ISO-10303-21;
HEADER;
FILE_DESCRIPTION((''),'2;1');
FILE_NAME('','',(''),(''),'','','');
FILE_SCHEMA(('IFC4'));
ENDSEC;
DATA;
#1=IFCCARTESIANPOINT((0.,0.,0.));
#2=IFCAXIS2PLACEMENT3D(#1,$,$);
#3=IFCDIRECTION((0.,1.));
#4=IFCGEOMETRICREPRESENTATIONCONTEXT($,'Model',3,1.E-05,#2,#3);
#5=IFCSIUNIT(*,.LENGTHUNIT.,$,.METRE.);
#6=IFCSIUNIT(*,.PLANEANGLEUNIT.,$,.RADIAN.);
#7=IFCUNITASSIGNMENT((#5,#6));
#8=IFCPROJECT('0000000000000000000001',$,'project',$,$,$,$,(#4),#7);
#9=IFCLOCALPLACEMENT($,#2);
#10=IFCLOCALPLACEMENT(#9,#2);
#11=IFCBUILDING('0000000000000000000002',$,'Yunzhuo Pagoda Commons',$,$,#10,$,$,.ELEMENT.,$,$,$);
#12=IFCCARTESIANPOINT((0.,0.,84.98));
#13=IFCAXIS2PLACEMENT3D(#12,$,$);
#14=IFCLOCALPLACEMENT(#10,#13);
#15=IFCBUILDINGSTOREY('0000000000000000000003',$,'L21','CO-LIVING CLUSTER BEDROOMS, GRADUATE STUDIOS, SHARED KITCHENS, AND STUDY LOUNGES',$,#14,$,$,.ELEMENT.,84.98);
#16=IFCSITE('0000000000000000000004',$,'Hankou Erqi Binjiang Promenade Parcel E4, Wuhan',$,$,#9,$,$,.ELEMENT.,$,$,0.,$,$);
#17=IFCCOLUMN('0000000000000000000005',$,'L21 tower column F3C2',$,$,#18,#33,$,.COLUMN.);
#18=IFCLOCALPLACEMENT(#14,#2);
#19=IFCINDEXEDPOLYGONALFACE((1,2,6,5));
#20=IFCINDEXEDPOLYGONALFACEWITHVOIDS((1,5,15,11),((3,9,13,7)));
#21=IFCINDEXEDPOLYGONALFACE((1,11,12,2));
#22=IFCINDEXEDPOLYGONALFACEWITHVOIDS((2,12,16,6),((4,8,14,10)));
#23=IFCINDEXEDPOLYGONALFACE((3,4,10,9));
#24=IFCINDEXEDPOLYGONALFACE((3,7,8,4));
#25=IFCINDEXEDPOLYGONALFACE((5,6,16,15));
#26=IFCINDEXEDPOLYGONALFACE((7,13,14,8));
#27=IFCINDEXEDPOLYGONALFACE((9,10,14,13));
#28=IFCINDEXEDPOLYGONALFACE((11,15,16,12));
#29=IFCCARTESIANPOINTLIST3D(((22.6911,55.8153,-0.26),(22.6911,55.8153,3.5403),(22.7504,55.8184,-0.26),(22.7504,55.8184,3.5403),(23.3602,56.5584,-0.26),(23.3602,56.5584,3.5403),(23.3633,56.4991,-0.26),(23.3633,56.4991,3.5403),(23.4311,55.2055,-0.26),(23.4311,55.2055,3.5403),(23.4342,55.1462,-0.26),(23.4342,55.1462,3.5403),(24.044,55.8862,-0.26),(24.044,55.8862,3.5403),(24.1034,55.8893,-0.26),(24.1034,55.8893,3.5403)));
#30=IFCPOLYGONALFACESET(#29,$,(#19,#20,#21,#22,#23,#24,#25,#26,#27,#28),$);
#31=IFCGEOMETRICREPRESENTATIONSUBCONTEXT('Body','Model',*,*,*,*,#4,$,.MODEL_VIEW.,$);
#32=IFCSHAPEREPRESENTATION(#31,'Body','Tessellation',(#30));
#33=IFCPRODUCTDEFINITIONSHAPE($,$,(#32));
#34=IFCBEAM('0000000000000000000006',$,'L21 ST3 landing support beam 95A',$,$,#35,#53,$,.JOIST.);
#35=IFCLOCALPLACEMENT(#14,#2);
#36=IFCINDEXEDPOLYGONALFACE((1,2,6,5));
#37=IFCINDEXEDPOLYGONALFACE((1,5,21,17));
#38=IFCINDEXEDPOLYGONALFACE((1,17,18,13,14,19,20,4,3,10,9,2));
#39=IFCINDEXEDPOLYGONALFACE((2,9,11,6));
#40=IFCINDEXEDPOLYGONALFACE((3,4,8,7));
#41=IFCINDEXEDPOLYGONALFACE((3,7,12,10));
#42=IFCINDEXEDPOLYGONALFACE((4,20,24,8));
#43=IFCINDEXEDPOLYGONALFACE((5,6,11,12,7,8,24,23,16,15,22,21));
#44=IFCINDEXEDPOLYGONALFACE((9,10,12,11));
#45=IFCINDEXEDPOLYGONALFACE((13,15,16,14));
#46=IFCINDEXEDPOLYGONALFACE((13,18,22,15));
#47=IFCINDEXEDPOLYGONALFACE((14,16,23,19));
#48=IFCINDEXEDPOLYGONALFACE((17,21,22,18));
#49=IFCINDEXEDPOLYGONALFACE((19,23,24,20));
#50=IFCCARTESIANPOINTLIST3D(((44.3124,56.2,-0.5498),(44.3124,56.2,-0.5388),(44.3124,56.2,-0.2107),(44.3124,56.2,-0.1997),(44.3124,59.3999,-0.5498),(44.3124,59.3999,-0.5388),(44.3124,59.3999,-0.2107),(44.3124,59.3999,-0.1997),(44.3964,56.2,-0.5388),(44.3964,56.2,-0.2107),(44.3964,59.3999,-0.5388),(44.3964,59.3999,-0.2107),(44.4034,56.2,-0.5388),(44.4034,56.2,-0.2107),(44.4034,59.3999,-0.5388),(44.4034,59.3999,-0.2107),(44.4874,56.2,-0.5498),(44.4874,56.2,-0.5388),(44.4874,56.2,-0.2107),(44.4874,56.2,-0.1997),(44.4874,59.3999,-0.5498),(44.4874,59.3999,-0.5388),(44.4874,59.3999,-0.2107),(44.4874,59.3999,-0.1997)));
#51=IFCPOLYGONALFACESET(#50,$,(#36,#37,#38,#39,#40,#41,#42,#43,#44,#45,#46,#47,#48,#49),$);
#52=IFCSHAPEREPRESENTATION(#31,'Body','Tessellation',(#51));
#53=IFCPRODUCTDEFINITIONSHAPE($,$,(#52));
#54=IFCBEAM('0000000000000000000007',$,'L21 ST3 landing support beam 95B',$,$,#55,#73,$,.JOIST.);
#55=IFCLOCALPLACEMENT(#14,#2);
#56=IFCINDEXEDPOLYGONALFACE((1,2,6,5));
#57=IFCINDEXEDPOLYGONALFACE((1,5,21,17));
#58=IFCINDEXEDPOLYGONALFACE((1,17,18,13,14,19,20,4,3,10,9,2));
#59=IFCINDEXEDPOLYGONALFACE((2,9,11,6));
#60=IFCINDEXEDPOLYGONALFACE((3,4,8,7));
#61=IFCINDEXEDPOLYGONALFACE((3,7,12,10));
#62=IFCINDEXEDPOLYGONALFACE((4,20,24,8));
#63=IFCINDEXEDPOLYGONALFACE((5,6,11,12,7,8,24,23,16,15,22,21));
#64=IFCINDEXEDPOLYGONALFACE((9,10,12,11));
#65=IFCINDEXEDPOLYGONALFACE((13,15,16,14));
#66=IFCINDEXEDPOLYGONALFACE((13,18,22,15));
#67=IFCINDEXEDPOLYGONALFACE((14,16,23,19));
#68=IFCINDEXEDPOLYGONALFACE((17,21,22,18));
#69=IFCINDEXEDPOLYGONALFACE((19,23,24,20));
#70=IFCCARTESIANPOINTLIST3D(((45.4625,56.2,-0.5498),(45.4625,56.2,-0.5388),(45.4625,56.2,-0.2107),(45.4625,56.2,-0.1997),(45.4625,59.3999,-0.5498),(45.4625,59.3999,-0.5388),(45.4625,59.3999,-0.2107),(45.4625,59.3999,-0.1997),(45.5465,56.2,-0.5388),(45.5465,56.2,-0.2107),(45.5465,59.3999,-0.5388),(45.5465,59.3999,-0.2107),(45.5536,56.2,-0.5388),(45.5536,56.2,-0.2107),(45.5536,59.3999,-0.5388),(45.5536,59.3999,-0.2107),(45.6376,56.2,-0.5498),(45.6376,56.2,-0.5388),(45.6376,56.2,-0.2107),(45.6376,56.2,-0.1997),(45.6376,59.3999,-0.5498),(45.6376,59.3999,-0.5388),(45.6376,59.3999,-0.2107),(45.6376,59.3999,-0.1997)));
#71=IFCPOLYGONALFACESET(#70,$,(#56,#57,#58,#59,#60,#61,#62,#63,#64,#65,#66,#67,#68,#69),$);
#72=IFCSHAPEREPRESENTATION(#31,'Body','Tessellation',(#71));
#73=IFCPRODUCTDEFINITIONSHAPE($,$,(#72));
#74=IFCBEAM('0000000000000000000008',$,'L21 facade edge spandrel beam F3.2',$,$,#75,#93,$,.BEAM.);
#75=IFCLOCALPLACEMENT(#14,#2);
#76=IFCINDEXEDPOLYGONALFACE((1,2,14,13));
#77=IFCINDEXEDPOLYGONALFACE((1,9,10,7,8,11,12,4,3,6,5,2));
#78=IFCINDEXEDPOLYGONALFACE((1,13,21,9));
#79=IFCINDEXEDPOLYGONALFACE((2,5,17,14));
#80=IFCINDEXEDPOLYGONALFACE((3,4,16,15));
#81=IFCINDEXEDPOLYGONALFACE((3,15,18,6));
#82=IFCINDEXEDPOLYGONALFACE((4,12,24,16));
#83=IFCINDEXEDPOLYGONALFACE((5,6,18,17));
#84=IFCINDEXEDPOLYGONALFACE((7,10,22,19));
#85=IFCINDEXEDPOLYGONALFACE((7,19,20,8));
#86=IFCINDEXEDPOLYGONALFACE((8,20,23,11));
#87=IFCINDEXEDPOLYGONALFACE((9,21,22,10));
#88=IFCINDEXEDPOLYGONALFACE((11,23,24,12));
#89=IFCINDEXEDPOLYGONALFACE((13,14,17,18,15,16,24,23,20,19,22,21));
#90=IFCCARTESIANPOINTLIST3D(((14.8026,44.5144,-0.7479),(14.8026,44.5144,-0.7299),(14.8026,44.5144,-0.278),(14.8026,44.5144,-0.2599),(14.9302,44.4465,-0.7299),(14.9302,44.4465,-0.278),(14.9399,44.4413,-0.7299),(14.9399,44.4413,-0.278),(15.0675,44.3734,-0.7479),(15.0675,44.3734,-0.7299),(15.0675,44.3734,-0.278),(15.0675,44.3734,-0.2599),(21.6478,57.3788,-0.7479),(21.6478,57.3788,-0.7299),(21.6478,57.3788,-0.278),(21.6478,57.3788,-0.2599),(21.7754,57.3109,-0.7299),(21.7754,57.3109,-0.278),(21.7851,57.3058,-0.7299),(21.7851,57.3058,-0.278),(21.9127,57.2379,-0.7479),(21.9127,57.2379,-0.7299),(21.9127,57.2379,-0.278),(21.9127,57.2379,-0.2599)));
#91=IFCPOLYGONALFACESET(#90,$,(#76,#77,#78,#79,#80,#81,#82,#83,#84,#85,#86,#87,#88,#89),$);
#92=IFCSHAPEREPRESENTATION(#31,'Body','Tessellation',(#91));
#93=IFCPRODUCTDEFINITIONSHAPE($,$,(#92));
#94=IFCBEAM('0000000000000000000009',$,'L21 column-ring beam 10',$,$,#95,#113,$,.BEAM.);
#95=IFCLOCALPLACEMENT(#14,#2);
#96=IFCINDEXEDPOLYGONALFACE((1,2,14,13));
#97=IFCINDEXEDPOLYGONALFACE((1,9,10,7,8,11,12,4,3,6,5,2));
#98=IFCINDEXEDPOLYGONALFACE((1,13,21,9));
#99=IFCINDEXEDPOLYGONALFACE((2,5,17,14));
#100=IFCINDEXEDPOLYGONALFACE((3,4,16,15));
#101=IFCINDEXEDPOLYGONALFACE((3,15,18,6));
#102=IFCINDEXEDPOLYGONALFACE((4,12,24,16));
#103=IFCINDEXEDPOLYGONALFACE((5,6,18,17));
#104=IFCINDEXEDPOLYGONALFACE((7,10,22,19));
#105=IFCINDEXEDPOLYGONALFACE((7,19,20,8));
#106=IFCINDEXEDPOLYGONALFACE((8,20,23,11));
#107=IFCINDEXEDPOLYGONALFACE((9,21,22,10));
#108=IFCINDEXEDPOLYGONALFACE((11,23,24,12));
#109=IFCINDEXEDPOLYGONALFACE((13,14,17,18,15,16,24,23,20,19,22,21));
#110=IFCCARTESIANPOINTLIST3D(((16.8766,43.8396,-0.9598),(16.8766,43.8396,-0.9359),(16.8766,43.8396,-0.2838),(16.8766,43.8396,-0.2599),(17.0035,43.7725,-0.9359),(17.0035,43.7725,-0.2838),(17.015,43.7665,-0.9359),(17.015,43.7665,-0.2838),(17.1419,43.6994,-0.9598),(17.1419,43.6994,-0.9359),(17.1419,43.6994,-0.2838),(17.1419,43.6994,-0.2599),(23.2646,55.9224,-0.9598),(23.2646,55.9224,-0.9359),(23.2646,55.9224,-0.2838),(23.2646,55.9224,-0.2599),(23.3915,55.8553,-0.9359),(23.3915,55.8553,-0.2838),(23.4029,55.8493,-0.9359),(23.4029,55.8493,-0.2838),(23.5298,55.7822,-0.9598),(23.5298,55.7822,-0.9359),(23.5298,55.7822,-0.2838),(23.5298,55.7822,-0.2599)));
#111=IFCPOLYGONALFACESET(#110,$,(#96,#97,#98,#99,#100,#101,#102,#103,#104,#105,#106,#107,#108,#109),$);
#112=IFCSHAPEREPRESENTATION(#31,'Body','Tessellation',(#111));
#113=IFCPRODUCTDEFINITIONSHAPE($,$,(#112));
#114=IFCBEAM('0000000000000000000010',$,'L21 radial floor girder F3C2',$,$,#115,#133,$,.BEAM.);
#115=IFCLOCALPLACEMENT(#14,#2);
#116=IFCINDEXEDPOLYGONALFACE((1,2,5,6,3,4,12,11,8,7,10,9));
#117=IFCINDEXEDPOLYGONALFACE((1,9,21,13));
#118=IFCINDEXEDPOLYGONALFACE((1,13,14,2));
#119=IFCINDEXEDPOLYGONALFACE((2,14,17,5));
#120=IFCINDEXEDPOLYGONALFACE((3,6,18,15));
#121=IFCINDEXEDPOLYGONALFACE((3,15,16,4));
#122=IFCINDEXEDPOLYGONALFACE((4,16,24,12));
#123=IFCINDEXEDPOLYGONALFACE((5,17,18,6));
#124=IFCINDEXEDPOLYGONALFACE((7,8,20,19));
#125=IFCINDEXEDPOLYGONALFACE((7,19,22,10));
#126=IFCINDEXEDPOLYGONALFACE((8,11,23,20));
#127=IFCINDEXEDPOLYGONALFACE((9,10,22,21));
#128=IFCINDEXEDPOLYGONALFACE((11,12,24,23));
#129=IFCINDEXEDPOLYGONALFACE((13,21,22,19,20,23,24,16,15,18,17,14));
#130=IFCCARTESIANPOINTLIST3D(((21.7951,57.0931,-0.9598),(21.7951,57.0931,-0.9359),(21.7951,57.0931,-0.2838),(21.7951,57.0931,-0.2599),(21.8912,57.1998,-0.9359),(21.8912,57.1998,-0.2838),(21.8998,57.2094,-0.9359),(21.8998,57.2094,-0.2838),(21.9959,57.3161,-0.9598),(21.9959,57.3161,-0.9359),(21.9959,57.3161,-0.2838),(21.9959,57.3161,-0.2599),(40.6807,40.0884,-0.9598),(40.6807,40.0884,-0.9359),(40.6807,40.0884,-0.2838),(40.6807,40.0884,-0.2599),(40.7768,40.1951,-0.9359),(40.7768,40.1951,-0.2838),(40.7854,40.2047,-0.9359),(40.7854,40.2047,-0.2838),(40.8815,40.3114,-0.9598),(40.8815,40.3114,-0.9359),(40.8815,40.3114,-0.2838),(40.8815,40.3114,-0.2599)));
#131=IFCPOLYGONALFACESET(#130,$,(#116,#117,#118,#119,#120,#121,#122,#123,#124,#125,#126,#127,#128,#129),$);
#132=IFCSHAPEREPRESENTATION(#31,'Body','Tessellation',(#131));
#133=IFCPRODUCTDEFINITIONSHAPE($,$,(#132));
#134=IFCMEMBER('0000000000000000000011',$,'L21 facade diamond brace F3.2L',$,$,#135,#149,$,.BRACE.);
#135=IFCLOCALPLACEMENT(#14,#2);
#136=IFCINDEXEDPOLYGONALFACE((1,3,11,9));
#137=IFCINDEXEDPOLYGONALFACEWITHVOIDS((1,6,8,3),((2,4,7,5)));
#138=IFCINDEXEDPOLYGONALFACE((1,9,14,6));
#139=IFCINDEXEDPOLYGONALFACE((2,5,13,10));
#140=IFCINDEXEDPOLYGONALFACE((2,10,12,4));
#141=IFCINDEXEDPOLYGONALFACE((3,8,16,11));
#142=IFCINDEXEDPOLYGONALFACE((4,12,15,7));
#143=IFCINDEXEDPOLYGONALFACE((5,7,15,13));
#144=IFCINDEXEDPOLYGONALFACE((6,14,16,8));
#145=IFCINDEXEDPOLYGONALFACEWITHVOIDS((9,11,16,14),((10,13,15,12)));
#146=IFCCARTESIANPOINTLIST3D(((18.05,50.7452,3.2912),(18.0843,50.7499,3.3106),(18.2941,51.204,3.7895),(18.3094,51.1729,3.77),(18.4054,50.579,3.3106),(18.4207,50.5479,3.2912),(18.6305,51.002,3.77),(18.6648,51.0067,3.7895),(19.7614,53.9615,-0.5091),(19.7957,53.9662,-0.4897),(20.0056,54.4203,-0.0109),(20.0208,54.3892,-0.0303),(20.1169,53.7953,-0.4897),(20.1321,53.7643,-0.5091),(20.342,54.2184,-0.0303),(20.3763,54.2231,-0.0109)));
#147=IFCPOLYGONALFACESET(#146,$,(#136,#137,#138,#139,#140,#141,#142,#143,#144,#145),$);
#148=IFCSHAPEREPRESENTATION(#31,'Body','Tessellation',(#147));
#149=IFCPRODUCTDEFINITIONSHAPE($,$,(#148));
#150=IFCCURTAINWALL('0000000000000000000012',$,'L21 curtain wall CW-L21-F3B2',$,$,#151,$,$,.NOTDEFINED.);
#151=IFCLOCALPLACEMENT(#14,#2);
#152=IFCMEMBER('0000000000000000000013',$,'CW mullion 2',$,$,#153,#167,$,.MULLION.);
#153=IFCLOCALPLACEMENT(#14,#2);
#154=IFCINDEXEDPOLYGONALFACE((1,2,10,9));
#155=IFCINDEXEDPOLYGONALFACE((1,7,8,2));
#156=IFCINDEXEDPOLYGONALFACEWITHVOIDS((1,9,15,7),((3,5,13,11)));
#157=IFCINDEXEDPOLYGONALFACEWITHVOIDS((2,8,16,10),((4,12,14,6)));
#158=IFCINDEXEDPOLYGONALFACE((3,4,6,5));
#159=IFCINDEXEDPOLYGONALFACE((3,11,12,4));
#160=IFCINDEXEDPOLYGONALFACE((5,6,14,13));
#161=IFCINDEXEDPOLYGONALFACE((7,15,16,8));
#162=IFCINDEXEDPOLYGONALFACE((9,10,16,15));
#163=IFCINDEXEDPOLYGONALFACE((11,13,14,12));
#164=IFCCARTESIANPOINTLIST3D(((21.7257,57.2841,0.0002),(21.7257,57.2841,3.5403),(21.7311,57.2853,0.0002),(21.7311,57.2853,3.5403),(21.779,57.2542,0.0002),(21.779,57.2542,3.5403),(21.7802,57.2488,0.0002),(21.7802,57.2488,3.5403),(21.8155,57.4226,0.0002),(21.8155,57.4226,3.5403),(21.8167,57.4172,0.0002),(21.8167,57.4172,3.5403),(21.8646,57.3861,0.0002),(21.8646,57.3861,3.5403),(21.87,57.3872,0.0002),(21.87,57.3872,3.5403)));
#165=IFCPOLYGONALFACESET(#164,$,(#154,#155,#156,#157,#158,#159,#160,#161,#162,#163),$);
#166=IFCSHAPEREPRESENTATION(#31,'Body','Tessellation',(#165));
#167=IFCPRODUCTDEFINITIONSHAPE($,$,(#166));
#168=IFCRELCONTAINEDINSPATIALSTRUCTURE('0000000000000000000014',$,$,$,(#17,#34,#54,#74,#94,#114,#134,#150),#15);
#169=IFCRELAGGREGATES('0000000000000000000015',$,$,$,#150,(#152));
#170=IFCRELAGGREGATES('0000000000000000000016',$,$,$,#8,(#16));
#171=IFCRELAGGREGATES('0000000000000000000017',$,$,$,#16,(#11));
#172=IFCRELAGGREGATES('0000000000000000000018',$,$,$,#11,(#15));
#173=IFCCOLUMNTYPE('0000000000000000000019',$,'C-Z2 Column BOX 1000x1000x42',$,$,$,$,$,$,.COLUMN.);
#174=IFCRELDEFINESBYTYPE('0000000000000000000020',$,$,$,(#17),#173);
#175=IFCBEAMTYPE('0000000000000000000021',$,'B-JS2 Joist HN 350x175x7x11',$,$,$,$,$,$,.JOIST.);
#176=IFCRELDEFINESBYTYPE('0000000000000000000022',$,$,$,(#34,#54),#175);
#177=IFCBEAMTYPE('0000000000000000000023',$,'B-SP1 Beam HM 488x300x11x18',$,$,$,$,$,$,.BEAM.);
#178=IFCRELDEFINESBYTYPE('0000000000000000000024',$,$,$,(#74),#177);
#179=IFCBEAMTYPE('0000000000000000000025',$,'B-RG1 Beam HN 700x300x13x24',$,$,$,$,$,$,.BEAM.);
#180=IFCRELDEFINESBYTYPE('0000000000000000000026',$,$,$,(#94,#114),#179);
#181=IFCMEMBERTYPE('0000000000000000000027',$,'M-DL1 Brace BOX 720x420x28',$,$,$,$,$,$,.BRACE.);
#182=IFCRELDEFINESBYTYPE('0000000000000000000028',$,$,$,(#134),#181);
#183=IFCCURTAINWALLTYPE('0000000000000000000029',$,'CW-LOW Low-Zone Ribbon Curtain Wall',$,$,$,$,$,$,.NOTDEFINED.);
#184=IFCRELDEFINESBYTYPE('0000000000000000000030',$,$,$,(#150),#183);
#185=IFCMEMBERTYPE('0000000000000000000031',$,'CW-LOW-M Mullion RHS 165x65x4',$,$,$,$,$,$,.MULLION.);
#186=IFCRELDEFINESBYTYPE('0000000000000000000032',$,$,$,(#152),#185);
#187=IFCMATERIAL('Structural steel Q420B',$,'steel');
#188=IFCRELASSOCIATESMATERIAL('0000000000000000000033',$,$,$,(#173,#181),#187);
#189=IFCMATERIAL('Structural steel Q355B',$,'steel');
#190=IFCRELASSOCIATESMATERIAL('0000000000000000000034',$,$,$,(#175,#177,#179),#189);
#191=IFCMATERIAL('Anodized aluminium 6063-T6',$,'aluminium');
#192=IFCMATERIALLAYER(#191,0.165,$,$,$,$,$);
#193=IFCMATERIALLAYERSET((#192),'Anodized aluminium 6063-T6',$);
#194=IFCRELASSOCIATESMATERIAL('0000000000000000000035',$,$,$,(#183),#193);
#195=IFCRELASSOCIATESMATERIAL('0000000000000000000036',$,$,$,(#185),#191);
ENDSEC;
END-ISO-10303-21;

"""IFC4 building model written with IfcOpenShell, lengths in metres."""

from ifc_helpers import new_model, si_unit, direction, frame, origin, origin_2d, place, context, subcontext, project, spatial, hollow_rectangle, i_section, extrude, source, transform, mapped, material, layer, layer_set, material_profile, profile_set, type_object, element, aggregate, save


model = new_model("IFC4")

# Units and contexts
model_context = context("Model", 3, precision=1e-05, world=origin(), true_north=direction((0.0, 1.0)))
body_context = subcontext(model_context, "Body", "Model", "MODEL_VIEW")
ifc_project = project(units=[si_unit("LENGTHUNIT", "METRE"), si_unit("PLANEANGLEUNIT", "RADIAN")], contexts=[model_context])

# Site, building, storey
site_placement = place(None, origin())
site = spatial("IfcSite", under=ifc_project, at=site_placement, Name="Hankou Erqi Binjiang Promenade Parcel E4, Wuhan", CompositionType="ELEMENT", RefElevation=0.0)
building_placement = place(site_placement, origin())
building = spatial("IfcBuilding", under=site, at=building_placement, Name="Yunzhuo Pagoda Commons", CompositionType="ELEMENT")
storey_placement = place(building_placement, frame((0.0, 0.0, 84.98)))
storey = spatial("IfcBuildingStorey", under=building, at=storey_placement, Name="L21", Description="CO-LIVING CLUSTER BEDROOMS, GRADUATE STUDIOS, SHARED KITCHENS, AND STUDY LOUNGES", CompositionType="ELEMENT", Elevation=84.98)

# Column
ifc_material_1 = material(Name="Structural steel Q420B", Category="steel")
ifc_material_profile_1 = material_profile(ifc_material_1, hollow_rectangle(XDim=1.0, YDim=1.0, WallThickness=0.042, at=origin_2d()), Name="Structural steel Q420B")
ifc_profile_set_1 = profile_set([ifc_material_profile_1], Name="Structural steel Q420B")
column_type = type_object("IfcColumnType", Name="C-Z2 Column BOX 1000x1000x42", PredefinedType="COLUMN", material=ifc_profile_set_1)
shared_shape_1 = source(origin(), body_context, "Body", "SweptSolid", [
    extrude(hollow_rectangle(XDim=1.0, YDim=1.0, WallThickness=0.042, at=origin_2d()), origin(), (0.0, 0.0, 1.0), 3.8003),
])
column_placement = place(storey_placement, frame((23.3972, 55.8523, -0.26), z_axis=(0.0, 0.0, 1.0), x_axis=(-0.669131, -0.743145, 0.0)))
element("IfcColumn", 1, at=column_placement, inside=storey, type_object=column_type, Name="L21 tower column F3C2", PredefinedType="COLUMN", context=body_context, shape_type="MappedRepresentation", body=[
    mapped(shared_shape_1, transform((0.0, 0.0, 0.0), scale=1.0)),
])

# Beams
ifc_material_2 = material(Name="Structural steel Q355B", Category="steel")
ifc_material_profile_2 = material_profile(ifc_material_2, i_section(OverallWidth=0.175, OverallDepth=0.3501, WebThickness=0.0071, FlangeThickness=0.011, at=origin_2d()), Name="Structural steel Q355B")
ifc_profile_set_2 = profile_set([ifc_material_profile_2], Name="Structural steel Q355B")
beam_type_1 = type_object("IfcBeamType", Name="B-JS2 Joist HN 350x175x7x11", PredefinedType="JOIST", material=ifc_profile_set_2)
shared_shape_2 = source(origin(), body_context, "Body", "SweptSolid", [
    extrude(i_section(OverallWidth=0.175, OverallDepth=0.3501, WebThickness=0.0071, FlangeThickness=0.011, at=origin_2d()), origin(), (0.0, 0.0, 1.0), 3.2),
])
for number, where, z_axis, x_axis, name in (
    (2, (44.3999, 56.2, -0.3748), (0.0, 1.0, 0.0), (-1.0, 0.0, 0.0), "L21 ST3 landing support beam 95A"),
    (3, (45.55, 56.2, -0.3748), (0.0, 1.0, 0.0), (-1.0, 0.0, 0.0), "L21 ST3 landing support beam 95B"),
):
    element("IfcBeam", number, at=place(storey_placement, frame(where, z_axis=z_axis, x_axis=x_axis)), inside=storey, type_object=beam_type_1, Name=name, PredefinedType="JOIST", context=body_context, shape_type="MappedRepresentation", body=[
        mapped(shared_shape_2, transform((0.0, 0.0, 0.0), scale=1.0)),
    ])
ifc_material_profile_3 = material_profile(ifc_material_2, i_section(OverallWidth=0.3, OverallDepth=0.488, WebThickness=0.011, FlangeThickness=0.0181, at=origin_2d()), Name="Structural steel Q355B")
ifc_profile_set_3 = profile_set([ifc_material_profile_3], Name="Structural steel Q355B")
beam_type_2 = type_object("IfcBeamType", Name="B-SP1 Beam HM 488x300x11x18", PredefinedType="BEAM", material=ifc_profile_set_3)
shared_shape_3 = source(origin(), body_context, "Body", "SweptSolid", [
    extrude(i_section(OverallWidth=0.3, OverallDepth=0.488, WebThickness=0.011, FlangeThickness=0.0181, at=origin_2d()), origin(), (0.0, 0.0, 1.0), 14.5723),
])
beam_1_placement = place(storey_placement, frame((21.7803, 57.3083, -0.5039), z_axis=(-0.469741, -0.882804, 0.0), x_axis=(0.882804, -0.469741, 0.0)))
element("IfcBeam", 4, at=beam_1_placement, inside=storey, type_object=beam_type_2, Name="L21 facade edge spandrel beam F3.2", PredefinedType="BEAM", context=body_context, shape_type="MappedRepresentation", body=[
    mapped(shared_shape_3, transform((0.0, 0.0, 0.0), scale=1.0)),
])
ifc_material_profile_4 = material_profile(ifc_material_2, i_section(OverallWidth=0.3, OverallDepth=0.7, WebThickness=0.0129, FlangeThickness=0.0239, at=origin_2d()), Name="Structural steel Q355B")
ifc_profile_set_4 = profile_set([ifc_material_profile_4], Name="Structural steel Q355B")
beam_type_3 = type_object("IfcBeamType", Name="B-RG1 Beam HN 700x300x13x24", PredefinedType="BEAM", material=ifc_profile_set_4)
shared_shape_4 = source(origin(), body_context, "Body", "SweptSolid", [
    extrude(i_section(OverallWidth=0.3, OverallDepth=0.7, WebThickness=0.0129, FlangeThickness=0.0239, at=origin_2d()), origin(), (0.0, 0.0, 1.0), 13.6675),
])
beam_2_placement = place(storey_placement, frame((23.3972, 55.8523, -0.6099), z_axis=(-0.467384, -0.884055, 0.0), x_axis=(0.884055, -0.467384, 0.0)))
element("IfcBeam", 5, at=beam_2_placement, inside=storey, type_object=beam_type_3, Name="L21 column-ring beam 10", PredefinedType="BEAM", context=body_context, shape_type="MappedRepresentation", body=[
    mapped(shared_shape_4, transform((0.0, 0.0, 0.0), scale=1.0)),
])
shared_shape_5 = source(origin(), body_context, "Body", "SweptSolid", [
    extrude(i_section(OverallWidth=0.3, OverallDepth=0.7, WebThickness=0.0129, FlangeThickness=0.0239, at=origin_2d()), origin(), (0.0, 0.0, 1.0), 25.4131),
])
beam_3_placement = place(storey_placement, frame((21.8955, 57.2046, -0.6099), z_axis=(0.743144, -0.669132, 0.0), x_axis=(0.669132, 0.743144, 0.0)))
element("IfcBeam", 6, at=beam_3_placement, inside=storey, type_object=beam_type_3, Name="L21 radial floor girder F3C2", PredefinedType="BEAM", context=body_context, shape_type="MappedRepresentation", body=[
    mapped(shared_shape_5, transform((0.0, 0.0, 0.0), scale=1.0)),
])

# Member
ifc_material_profile_5 = material_profile(ifc_material_1, hollow_rectangle(XDim=0.4199, YDim=0.72, WallThickness=0.0281, at=origin_2d()), Name="Structural steel Q420B")
ifc_profile_set_5 = profile_set([ifc_material_profile_5], Name="Structural steel Q420B")
member_type_1 = type_object("IfcMemberType", Name="M-DL1 Brace BOX 720x420x28", PredefinedType="BRACE", material=ifc_profile_set_5)
shared_shape_6 = source(origin(), body_context, "Body", "SweptSolid", [
    extrude(hollow_rectangle(XDim=0.4199, YDim=0.72, WallThickness=0.0281, at=origin_2d()), origin(), (0.0, 0.0, 1.0), 5.2646),
])
member_1_placement = place(storey_placement, frame((20.0688, 54.0923, -0.26), z_axis=(-0.325083, -0.610933, 0.72186), x_axis=(0.882801, -0.469746, 0.0)))
element("IfcMember", 7, at=member_1_placement, inside=storey, type_object=member_type_1, Name="L21 facade diamond brace F3.2L", PredefinedType="BRACE", context=body_context, shape_type="MappedRepresentation", body=[
    mapped(shared_shape_6, transform((0.0, 0.0, 0.0), scale=1.0)),
])

# Curtain wall, member
ifc_material_3 = material(Name="Anodized aluminium 6063-T6", Category="aluminium")
ifc_layer_1 = layer(ifc_material_3, 0.165)
ifc_layer_set_1 = layer_set([ifc_layer_1], Name="Anodized aluminium 6063-T6")
curtain_wall_type = type_object("IfcCurtainWallType", Name="CW-LOW Low-Zone Ribbon Curtain Wall", PredefinedType="NOTDEFINED", material=ifc_layer_set_1)
curtain_wall_1_placement = place(storey_placement, origin())
curtain_wall_1 = element("IfcCurtainWall", 8, at=curtain_wall_1_placement, inside=storey, type_object=curtain_wall_type, Name="L21 curtain wall CW-L21-F3B2", PredefinedType="NOTDEFINED")
ifc_material_profile_6 = material_profile(ifc_material_3, hollow_rectangle(XDim=0.0649, YDim=0.165, WallThickness=0.0039, at=origin_2d()), Name="Anodized aluminium 6063-T6")
ifc_profile_set_6 = profile_set([ifc_material_profile_6], Name="Anodized aluminium 6063-T6")
member_type_2 = type_object("IfcMemberType", Name="CW-LOW-M Mullion RHS 165x65x4", PredefinedType="MULLION", material=ifc_profile_set_6)
shared_shape_7 = source(origin(), body_context, "Body", "SweptSolid", [
    extrude(hollow_rectangle(XDim=0.0649, YDim=0.165, WallThickness=0.0039, at=origin_2d()), origin(), (0.0, 0.0, 1.0), 3.54),
])
member_2_placement = place(storey_placement, frame((21.7979, 57.3357, 0.0002), z_axis=(0.0, 0.0, 1.0), x_axis=(0.838907, -0.544275, 0.0)))
member_2 = element("IfcMember", 9, at=member_2_placement, type_object=member_type_2, Name="CW mullion 2", PredefinedType="MULLION", context=body_context, shape_type="MappedRepresentation", body=[
    mapped(shared_shape_7, transform((0.0, 0.0, 0.0), scale=1.0)),
])
aggregate(curtain_wall_1, [member_2])

save(model, "model.ifc")
